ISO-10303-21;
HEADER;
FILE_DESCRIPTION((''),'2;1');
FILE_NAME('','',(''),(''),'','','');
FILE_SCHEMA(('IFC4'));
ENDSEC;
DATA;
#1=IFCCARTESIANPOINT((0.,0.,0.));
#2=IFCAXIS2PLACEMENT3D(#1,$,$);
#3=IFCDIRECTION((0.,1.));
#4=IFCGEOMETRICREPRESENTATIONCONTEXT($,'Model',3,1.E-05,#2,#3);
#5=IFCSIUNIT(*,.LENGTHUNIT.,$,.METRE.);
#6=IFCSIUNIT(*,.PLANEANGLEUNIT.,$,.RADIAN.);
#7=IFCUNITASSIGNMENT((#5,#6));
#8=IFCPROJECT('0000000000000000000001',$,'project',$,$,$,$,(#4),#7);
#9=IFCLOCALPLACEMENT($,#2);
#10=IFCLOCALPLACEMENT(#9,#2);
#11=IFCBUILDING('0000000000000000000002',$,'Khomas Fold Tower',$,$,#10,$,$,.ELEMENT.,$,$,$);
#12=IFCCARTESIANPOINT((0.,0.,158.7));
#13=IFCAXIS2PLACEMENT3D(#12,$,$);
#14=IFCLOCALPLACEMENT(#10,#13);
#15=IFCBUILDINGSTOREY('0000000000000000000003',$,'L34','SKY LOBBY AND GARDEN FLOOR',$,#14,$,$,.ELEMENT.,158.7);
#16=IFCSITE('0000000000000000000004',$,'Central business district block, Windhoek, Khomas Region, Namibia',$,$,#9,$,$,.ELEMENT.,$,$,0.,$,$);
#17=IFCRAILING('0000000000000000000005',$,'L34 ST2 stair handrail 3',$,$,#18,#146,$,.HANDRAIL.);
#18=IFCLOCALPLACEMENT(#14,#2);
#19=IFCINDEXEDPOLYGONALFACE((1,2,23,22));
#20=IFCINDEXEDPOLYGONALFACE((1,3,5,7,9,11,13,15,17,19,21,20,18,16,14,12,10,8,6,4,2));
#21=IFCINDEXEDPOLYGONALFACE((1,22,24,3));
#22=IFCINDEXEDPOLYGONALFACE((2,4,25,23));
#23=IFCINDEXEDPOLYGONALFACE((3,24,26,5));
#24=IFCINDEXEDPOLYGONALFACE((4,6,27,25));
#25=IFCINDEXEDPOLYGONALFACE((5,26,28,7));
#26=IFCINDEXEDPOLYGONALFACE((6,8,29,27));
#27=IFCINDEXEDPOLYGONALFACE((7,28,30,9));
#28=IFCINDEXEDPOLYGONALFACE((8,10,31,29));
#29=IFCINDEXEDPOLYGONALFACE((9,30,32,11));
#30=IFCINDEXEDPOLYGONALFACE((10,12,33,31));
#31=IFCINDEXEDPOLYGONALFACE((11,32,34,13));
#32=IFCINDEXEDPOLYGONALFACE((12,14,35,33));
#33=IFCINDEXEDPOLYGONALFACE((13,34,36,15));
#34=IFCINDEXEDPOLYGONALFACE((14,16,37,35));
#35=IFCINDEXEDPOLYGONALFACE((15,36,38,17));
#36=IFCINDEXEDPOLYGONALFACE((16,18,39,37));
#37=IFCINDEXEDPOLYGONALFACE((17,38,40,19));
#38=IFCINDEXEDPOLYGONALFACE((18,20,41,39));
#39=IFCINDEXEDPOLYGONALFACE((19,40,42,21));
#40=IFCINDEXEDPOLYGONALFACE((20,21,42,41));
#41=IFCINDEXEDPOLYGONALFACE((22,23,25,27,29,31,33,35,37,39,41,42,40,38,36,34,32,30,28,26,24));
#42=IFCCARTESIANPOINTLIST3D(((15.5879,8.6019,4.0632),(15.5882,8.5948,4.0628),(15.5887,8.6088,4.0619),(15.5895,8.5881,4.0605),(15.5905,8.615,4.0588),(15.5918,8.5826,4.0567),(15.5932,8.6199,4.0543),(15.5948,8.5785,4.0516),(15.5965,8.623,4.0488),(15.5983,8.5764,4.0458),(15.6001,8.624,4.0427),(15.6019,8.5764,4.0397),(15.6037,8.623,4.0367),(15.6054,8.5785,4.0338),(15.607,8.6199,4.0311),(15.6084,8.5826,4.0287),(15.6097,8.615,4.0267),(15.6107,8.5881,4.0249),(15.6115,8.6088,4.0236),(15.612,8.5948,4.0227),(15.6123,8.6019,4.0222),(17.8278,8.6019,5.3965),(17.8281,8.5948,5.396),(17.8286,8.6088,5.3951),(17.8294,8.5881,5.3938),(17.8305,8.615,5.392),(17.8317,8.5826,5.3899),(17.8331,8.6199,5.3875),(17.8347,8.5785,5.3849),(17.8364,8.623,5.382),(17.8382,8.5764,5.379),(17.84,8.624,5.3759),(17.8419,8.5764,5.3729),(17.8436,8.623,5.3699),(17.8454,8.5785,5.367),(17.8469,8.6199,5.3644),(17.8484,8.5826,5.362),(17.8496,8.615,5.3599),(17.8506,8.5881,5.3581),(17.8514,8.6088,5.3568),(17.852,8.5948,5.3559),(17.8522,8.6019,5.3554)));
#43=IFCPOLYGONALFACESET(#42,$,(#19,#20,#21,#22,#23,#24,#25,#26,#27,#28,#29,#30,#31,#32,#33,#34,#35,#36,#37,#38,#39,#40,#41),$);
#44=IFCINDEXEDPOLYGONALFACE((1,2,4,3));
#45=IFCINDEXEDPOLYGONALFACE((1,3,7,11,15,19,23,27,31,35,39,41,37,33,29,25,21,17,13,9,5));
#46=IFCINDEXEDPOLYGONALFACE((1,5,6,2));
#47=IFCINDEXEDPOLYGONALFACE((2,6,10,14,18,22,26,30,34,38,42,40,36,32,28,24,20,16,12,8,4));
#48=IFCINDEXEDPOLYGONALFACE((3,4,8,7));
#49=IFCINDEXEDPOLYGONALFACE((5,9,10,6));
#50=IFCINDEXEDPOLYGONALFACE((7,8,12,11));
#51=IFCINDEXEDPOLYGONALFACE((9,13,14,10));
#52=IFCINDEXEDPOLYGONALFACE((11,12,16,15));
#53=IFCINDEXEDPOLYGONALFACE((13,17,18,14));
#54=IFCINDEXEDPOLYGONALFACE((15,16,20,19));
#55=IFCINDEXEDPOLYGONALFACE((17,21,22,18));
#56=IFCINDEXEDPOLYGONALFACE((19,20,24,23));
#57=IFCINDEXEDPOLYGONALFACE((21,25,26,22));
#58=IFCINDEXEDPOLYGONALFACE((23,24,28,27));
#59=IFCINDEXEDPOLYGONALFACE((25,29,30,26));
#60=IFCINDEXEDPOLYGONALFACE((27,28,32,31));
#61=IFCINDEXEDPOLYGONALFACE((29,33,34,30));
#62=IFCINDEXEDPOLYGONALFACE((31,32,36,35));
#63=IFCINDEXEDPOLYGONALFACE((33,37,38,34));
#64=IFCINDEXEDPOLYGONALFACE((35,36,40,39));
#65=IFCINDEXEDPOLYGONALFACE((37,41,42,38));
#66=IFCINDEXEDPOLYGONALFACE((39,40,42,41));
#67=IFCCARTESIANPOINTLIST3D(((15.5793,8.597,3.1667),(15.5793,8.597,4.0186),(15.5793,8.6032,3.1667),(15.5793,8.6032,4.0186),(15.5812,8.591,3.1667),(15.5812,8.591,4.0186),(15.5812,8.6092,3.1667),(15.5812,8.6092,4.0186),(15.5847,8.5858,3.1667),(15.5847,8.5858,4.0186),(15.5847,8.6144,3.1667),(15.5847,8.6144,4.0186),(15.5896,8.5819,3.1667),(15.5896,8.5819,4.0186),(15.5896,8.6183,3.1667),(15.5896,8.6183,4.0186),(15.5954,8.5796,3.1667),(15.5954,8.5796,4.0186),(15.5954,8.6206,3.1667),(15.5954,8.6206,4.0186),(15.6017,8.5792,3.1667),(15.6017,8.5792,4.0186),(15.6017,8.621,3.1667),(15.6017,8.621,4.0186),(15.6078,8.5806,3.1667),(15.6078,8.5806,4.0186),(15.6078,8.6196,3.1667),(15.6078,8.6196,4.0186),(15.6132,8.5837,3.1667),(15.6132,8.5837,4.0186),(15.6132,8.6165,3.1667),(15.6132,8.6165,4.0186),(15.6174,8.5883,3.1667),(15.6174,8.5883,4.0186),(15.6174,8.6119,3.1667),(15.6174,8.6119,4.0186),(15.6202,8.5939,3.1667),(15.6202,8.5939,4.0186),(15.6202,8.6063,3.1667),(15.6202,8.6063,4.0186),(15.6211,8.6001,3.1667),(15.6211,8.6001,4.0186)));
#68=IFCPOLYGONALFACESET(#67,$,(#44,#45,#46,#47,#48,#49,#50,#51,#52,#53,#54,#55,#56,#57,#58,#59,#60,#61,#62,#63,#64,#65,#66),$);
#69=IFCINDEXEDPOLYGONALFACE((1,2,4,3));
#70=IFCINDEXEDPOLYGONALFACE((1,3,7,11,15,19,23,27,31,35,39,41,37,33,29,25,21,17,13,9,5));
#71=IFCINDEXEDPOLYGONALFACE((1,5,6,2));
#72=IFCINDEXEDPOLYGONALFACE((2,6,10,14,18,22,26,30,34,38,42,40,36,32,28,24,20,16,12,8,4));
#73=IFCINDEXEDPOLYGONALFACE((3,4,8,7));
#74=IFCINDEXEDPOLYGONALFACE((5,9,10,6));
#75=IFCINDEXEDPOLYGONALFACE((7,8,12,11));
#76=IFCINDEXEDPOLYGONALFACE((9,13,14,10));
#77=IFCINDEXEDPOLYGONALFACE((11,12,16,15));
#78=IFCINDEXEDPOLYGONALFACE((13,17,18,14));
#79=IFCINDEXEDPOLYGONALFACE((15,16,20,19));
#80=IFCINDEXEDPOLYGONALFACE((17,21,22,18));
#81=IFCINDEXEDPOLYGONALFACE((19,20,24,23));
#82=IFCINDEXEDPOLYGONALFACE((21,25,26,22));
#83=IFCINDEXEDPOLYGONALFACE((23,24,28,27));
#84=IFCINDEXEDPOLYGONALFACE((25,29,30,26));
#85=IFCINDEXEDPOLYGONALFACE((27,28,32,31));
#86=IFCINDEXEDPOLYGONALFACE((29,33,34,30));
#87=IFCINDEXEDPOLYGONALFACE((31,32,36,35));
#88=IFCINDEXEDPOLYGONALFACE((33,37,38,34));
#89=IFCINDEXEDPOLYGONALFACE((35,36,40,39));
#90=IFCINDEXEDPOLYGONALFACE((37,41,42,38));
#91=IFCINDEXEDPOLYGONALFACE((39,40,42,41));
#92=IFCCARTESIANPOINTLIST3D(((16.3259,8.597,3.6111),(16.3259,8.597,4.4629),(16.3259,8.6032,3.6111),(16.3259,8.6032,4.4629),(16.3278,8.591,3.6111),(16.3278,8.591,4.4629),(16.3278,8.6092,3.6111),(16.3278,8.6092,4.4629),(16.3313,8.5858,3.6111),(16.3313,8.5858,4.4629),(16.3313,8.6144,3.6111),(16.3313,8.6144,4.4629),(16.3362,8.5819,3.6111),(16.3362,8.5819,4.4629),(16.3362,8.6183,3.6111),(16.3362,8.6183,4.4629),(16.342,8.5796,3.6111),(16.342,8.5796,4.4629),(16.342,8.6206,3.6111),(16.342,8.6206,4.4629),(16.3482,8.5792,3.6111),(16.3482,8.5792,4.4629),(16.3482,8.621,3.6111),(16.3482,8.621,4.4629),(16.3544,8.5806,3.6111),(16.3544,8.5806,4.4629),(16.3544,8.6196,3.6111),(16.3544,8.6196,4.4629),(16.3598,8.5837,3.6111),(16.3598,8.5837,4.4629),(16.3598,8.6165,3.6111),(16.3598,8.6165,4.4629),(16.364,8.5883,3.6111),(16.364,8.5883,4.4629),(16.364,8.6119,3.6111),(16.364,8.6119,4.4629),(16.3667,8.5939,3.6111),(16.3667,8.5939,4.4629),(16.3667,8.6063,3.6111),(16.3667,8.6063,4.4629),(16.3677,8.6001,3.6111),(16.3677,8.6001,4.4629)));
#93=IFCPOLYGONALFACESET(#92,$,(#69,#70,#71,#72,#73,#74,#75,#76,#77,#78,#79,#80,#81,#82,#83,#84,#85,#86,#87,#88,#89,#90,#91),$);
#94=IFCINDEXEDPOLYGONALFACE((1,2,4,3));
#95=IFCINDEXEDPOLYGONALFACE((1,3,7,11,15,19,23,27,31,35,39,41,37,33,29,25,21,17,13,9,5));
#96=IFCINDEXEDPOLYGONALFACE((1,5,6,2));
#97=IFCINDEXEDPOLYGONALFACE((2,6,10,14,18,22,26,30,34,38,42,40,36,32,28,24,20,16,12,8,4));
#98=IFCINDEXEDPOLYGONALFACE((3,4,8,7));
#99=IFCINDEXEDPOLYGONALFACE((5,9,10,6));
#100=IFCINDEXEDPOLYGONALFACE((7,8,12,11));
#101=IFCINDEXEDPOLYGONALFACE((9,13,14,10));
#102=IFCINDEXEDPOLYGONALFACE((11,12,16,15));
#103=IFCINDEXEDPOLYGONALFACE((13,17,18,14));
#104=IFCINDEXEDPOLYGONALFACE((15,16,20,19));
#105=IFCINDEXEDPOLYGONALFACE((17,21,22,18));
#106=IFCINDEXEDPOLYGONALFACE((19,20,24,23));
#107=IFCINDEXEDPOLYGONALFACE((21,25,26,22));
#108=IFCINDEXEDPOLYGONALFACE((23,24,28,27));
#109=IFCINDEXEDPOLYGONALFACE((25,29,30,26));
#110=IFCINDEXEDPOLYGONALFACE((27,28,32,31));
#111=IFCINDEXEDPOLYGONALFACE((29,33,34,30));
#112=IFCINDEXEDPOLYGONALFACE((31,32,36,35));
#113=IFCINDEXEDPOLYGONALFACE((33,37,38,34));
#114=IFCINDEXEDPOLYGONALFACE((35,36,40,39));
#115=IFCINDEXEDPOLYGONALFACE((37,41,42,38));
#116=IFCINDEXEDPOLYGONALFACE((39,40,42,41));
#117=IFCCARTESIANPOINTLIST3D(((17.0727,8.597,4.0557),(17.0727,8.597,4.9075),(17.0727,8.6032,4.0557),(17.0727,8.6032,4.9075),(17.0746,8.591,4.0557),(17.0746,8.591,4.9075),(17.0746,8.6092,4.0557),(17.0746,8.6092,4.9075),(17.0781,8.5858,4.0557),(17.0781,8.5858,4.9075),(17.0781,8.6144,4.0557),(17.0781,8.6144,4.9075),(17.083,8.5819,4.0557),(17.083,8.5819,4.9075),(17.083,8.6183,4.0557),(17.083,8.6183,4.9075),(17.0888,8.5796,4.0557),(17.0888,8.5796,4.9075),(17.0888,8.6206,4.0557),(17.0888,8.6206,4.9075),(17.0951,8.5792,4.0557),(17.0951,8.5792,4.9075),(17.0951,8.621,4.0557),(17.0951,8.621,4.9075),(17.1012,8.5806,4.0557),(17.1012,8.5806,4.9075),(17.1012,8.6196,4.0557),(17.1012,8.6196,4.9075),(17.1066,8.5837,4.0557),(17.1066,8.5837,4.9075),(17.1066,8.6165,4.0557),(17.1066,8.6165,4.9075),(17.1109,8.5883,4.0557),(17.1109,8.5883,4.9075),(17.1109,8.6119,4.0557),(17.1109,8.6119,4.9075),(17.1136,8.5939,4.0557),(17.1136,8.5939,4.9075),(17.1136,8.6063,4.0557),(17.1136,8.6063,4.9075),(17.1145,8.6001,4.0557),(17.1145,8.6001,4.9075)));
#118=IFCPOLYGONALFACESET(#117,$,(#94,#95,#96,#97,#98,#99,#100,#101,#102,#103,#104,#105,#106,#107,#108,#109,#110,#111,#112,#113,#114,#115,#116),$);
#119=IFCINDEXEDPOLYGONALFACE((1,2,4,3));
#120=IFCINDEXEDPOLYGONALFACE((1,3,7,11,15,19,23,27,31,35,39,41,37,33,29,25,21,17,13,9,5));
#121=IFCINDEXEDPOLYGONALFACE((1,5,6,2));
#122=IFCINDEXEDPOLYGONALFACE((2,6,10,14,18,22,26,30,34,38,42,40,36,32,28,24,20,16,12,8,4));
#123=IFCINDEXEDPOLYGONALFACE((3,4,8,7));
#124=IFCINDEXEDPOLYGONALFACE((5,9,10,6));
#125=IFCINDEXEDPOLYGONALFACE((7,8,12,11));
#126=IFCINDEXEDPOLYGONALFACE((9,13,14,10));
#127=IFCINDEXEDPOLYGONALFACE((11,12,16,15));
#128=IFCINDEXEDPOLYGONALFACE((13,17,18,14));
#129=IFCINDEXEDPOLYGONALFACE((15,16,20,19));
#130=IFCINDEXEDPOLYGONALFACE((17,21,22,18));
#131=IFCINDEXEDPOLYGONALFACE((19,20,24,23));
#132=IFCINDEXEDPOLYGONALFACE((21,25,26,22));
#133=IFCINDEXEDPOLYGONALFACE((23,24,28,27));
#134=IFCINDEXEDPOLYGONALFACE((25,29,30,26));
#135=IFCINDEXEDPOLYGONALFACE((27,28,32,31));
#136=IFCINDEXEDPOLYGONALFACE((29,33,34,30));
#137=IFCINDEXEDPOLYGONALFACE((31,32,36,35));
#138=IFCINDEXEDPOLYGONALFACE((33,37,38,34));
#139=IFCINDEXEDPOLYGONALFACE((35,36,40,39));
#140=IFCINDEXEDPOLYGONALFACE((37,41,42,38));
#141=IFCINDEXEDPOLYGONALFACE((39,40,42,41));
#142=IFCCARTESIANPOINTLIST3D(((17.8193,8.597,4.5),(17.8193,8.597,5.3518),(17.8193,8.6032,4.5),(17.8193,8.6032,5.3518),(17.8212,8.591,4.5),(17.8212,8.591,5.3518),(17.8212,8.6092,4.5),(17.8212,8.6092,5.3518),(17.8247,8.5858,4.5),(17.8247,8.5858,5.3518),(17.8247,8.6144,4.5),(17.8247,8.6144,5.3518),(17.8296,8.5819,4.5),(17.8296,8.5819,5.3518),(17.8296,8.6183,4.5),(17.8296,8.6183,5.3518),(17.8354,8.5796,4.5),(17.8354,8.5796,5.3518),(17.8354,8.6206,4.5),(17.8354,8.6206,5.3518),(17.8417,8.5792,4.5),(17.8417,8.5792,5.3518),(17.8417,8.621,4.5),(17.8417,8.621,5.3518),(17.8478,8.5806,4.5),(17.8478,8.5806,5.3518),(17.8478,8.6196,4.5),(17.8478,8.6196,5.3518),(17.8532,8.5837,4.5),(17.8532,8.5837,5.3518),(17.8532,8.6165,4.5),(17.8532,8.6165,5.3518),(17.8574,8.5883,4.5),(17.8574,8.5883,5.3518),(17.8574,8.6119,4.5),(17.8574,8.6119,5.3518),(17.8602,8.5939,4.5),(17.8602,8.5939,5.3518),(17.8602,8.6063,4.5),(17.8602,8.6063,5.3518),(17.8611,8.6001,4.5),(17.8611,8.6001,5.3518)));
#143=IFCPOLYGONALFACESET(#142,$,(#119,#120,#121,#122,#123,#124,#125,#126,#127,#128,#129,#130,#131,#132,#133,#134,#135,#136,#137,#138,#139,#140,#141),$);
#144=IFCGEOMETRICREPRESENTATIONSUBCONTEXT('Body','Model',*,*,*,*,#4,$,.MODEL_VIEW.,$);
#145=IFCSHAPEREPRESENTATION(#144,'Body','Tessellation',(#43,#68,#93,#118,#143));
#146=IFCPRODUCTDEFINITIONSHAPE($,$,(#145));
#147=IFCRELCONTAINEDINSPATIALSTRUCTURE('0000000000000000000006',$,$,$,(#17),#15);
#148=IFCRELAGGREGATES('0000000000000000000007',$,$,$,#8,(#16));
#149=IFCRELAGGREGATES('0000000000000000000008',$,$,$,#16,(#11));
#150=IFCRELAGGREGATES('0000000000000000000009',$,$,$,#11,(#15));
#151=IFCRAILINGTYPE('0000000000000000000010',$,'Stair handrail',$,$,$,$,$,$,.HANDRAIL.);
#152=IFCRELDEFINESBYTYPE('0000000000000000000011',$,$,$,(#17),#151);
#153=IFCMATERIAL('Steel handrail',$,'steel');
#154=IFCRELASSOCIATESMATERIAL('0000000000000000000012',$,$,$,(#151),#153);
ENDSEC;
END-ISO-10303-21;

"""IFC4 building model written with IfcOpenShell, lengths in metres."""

from ifc_helpers import new_model, si_unit, direction, frame, origin, origin_2d, place, context, subcontext, project, spatial, circle, extrude, source, transform, mapped, material, type_object, element, save


model = new_model("IFC4")

# Units and contexts
model_context = context("Model", 3, precision=1e-05, world=origin(), true_north=direction((0.0, 1.0)))
body_context = subcontext(model_context, "Body", "Model", "MODEL_VIEW")
ifc_project = project(units=[si_unit("LENGTHUNIT", "METRE"), si_unit("PLANEANGLEUNIT", "RADIAN")], contexts=[model_context])

# Site, building, storey
site_placement = place(None, origin())
site = spatial("IfcSite", under=ifc_project, at=site_placement, Name="Central business district block, Windhoek, Khomas Region, Namibia", CompositionType="ELEMENT", RefElevation=0.0)
building_placement = place(site_placement, origin())
building = spatial("IfcBuilding", under=site, at=building_placement, Name="Khomas Fold Tower", CompositionType="ELEMENT")
storey_placement = place(building_placement, frame((0.0, 0.0, 158.7)))
storey = spatial("IfcBuildingStorey", under=building, at=storey_placement, Name="L34", Description="SKY LOBBY AND GARDEN FLOOR", CompositionType="ELEMENT", Elevation=158.7)

# Railing
ifc_material_1 = material(Name="Steel handrail", Category="steel")
railing_type_1 = type_object("IfcRailingType", Name="Stair handrail", PredefinedType="HANDRAIL", material=ifc_material_1)
shared_shape_1 = source(origin(), body_context, "Body", "SweptSolid", [
    extrude(circle(Radius=0.0239, at=origin_2d()), frame((0.0, 0.0, 0.876), z_axis=(0.859306, 0.0, 0.511462), x_axis=(0.0, 1.0, 0.0)), (0.0, 0.0, 1.0), 2.6067),
    extrude(circle(Radius=0.021, at=origin_2d()), origin(), (0.0, 0.0, 1.0), 0.8518),
    extrude(circle(Radius=0.021, at=origin_2d()), frame((0.7466, 0.0, 0.4443)), (0.0, 0.0, 1.0), 0.8518),
    extrude(circle(Radius=0.021, at=origin_2d()), frame((1.4934, 0.0, 0.8889)), (0.0, 0.0, 1.0), 0.8518),
    extrude(circle(Radius=0.021, at=origin_2d()), frame((2.24, 0.0, 1.3333)), (0.0, 0.0, 1.0), 0.8518),
])
for number, where, name in (
    (1, (15.6001, 8.6001, 3.1667), "L34 ST2 stair handrail 3"),
):
    element("IfcRailing", number, at=place(storey_placement, frame(where)), inside=storey, type_object=railing_type_1, Name=name, PredefinedType="HANDRAIL", context=body_context, shape_type="MappedRepresentation", body=[
        mapped(shared_shape_1, transform((0.0, 0.0, 0.0))),
    ])

save(model, "model.ifc")
